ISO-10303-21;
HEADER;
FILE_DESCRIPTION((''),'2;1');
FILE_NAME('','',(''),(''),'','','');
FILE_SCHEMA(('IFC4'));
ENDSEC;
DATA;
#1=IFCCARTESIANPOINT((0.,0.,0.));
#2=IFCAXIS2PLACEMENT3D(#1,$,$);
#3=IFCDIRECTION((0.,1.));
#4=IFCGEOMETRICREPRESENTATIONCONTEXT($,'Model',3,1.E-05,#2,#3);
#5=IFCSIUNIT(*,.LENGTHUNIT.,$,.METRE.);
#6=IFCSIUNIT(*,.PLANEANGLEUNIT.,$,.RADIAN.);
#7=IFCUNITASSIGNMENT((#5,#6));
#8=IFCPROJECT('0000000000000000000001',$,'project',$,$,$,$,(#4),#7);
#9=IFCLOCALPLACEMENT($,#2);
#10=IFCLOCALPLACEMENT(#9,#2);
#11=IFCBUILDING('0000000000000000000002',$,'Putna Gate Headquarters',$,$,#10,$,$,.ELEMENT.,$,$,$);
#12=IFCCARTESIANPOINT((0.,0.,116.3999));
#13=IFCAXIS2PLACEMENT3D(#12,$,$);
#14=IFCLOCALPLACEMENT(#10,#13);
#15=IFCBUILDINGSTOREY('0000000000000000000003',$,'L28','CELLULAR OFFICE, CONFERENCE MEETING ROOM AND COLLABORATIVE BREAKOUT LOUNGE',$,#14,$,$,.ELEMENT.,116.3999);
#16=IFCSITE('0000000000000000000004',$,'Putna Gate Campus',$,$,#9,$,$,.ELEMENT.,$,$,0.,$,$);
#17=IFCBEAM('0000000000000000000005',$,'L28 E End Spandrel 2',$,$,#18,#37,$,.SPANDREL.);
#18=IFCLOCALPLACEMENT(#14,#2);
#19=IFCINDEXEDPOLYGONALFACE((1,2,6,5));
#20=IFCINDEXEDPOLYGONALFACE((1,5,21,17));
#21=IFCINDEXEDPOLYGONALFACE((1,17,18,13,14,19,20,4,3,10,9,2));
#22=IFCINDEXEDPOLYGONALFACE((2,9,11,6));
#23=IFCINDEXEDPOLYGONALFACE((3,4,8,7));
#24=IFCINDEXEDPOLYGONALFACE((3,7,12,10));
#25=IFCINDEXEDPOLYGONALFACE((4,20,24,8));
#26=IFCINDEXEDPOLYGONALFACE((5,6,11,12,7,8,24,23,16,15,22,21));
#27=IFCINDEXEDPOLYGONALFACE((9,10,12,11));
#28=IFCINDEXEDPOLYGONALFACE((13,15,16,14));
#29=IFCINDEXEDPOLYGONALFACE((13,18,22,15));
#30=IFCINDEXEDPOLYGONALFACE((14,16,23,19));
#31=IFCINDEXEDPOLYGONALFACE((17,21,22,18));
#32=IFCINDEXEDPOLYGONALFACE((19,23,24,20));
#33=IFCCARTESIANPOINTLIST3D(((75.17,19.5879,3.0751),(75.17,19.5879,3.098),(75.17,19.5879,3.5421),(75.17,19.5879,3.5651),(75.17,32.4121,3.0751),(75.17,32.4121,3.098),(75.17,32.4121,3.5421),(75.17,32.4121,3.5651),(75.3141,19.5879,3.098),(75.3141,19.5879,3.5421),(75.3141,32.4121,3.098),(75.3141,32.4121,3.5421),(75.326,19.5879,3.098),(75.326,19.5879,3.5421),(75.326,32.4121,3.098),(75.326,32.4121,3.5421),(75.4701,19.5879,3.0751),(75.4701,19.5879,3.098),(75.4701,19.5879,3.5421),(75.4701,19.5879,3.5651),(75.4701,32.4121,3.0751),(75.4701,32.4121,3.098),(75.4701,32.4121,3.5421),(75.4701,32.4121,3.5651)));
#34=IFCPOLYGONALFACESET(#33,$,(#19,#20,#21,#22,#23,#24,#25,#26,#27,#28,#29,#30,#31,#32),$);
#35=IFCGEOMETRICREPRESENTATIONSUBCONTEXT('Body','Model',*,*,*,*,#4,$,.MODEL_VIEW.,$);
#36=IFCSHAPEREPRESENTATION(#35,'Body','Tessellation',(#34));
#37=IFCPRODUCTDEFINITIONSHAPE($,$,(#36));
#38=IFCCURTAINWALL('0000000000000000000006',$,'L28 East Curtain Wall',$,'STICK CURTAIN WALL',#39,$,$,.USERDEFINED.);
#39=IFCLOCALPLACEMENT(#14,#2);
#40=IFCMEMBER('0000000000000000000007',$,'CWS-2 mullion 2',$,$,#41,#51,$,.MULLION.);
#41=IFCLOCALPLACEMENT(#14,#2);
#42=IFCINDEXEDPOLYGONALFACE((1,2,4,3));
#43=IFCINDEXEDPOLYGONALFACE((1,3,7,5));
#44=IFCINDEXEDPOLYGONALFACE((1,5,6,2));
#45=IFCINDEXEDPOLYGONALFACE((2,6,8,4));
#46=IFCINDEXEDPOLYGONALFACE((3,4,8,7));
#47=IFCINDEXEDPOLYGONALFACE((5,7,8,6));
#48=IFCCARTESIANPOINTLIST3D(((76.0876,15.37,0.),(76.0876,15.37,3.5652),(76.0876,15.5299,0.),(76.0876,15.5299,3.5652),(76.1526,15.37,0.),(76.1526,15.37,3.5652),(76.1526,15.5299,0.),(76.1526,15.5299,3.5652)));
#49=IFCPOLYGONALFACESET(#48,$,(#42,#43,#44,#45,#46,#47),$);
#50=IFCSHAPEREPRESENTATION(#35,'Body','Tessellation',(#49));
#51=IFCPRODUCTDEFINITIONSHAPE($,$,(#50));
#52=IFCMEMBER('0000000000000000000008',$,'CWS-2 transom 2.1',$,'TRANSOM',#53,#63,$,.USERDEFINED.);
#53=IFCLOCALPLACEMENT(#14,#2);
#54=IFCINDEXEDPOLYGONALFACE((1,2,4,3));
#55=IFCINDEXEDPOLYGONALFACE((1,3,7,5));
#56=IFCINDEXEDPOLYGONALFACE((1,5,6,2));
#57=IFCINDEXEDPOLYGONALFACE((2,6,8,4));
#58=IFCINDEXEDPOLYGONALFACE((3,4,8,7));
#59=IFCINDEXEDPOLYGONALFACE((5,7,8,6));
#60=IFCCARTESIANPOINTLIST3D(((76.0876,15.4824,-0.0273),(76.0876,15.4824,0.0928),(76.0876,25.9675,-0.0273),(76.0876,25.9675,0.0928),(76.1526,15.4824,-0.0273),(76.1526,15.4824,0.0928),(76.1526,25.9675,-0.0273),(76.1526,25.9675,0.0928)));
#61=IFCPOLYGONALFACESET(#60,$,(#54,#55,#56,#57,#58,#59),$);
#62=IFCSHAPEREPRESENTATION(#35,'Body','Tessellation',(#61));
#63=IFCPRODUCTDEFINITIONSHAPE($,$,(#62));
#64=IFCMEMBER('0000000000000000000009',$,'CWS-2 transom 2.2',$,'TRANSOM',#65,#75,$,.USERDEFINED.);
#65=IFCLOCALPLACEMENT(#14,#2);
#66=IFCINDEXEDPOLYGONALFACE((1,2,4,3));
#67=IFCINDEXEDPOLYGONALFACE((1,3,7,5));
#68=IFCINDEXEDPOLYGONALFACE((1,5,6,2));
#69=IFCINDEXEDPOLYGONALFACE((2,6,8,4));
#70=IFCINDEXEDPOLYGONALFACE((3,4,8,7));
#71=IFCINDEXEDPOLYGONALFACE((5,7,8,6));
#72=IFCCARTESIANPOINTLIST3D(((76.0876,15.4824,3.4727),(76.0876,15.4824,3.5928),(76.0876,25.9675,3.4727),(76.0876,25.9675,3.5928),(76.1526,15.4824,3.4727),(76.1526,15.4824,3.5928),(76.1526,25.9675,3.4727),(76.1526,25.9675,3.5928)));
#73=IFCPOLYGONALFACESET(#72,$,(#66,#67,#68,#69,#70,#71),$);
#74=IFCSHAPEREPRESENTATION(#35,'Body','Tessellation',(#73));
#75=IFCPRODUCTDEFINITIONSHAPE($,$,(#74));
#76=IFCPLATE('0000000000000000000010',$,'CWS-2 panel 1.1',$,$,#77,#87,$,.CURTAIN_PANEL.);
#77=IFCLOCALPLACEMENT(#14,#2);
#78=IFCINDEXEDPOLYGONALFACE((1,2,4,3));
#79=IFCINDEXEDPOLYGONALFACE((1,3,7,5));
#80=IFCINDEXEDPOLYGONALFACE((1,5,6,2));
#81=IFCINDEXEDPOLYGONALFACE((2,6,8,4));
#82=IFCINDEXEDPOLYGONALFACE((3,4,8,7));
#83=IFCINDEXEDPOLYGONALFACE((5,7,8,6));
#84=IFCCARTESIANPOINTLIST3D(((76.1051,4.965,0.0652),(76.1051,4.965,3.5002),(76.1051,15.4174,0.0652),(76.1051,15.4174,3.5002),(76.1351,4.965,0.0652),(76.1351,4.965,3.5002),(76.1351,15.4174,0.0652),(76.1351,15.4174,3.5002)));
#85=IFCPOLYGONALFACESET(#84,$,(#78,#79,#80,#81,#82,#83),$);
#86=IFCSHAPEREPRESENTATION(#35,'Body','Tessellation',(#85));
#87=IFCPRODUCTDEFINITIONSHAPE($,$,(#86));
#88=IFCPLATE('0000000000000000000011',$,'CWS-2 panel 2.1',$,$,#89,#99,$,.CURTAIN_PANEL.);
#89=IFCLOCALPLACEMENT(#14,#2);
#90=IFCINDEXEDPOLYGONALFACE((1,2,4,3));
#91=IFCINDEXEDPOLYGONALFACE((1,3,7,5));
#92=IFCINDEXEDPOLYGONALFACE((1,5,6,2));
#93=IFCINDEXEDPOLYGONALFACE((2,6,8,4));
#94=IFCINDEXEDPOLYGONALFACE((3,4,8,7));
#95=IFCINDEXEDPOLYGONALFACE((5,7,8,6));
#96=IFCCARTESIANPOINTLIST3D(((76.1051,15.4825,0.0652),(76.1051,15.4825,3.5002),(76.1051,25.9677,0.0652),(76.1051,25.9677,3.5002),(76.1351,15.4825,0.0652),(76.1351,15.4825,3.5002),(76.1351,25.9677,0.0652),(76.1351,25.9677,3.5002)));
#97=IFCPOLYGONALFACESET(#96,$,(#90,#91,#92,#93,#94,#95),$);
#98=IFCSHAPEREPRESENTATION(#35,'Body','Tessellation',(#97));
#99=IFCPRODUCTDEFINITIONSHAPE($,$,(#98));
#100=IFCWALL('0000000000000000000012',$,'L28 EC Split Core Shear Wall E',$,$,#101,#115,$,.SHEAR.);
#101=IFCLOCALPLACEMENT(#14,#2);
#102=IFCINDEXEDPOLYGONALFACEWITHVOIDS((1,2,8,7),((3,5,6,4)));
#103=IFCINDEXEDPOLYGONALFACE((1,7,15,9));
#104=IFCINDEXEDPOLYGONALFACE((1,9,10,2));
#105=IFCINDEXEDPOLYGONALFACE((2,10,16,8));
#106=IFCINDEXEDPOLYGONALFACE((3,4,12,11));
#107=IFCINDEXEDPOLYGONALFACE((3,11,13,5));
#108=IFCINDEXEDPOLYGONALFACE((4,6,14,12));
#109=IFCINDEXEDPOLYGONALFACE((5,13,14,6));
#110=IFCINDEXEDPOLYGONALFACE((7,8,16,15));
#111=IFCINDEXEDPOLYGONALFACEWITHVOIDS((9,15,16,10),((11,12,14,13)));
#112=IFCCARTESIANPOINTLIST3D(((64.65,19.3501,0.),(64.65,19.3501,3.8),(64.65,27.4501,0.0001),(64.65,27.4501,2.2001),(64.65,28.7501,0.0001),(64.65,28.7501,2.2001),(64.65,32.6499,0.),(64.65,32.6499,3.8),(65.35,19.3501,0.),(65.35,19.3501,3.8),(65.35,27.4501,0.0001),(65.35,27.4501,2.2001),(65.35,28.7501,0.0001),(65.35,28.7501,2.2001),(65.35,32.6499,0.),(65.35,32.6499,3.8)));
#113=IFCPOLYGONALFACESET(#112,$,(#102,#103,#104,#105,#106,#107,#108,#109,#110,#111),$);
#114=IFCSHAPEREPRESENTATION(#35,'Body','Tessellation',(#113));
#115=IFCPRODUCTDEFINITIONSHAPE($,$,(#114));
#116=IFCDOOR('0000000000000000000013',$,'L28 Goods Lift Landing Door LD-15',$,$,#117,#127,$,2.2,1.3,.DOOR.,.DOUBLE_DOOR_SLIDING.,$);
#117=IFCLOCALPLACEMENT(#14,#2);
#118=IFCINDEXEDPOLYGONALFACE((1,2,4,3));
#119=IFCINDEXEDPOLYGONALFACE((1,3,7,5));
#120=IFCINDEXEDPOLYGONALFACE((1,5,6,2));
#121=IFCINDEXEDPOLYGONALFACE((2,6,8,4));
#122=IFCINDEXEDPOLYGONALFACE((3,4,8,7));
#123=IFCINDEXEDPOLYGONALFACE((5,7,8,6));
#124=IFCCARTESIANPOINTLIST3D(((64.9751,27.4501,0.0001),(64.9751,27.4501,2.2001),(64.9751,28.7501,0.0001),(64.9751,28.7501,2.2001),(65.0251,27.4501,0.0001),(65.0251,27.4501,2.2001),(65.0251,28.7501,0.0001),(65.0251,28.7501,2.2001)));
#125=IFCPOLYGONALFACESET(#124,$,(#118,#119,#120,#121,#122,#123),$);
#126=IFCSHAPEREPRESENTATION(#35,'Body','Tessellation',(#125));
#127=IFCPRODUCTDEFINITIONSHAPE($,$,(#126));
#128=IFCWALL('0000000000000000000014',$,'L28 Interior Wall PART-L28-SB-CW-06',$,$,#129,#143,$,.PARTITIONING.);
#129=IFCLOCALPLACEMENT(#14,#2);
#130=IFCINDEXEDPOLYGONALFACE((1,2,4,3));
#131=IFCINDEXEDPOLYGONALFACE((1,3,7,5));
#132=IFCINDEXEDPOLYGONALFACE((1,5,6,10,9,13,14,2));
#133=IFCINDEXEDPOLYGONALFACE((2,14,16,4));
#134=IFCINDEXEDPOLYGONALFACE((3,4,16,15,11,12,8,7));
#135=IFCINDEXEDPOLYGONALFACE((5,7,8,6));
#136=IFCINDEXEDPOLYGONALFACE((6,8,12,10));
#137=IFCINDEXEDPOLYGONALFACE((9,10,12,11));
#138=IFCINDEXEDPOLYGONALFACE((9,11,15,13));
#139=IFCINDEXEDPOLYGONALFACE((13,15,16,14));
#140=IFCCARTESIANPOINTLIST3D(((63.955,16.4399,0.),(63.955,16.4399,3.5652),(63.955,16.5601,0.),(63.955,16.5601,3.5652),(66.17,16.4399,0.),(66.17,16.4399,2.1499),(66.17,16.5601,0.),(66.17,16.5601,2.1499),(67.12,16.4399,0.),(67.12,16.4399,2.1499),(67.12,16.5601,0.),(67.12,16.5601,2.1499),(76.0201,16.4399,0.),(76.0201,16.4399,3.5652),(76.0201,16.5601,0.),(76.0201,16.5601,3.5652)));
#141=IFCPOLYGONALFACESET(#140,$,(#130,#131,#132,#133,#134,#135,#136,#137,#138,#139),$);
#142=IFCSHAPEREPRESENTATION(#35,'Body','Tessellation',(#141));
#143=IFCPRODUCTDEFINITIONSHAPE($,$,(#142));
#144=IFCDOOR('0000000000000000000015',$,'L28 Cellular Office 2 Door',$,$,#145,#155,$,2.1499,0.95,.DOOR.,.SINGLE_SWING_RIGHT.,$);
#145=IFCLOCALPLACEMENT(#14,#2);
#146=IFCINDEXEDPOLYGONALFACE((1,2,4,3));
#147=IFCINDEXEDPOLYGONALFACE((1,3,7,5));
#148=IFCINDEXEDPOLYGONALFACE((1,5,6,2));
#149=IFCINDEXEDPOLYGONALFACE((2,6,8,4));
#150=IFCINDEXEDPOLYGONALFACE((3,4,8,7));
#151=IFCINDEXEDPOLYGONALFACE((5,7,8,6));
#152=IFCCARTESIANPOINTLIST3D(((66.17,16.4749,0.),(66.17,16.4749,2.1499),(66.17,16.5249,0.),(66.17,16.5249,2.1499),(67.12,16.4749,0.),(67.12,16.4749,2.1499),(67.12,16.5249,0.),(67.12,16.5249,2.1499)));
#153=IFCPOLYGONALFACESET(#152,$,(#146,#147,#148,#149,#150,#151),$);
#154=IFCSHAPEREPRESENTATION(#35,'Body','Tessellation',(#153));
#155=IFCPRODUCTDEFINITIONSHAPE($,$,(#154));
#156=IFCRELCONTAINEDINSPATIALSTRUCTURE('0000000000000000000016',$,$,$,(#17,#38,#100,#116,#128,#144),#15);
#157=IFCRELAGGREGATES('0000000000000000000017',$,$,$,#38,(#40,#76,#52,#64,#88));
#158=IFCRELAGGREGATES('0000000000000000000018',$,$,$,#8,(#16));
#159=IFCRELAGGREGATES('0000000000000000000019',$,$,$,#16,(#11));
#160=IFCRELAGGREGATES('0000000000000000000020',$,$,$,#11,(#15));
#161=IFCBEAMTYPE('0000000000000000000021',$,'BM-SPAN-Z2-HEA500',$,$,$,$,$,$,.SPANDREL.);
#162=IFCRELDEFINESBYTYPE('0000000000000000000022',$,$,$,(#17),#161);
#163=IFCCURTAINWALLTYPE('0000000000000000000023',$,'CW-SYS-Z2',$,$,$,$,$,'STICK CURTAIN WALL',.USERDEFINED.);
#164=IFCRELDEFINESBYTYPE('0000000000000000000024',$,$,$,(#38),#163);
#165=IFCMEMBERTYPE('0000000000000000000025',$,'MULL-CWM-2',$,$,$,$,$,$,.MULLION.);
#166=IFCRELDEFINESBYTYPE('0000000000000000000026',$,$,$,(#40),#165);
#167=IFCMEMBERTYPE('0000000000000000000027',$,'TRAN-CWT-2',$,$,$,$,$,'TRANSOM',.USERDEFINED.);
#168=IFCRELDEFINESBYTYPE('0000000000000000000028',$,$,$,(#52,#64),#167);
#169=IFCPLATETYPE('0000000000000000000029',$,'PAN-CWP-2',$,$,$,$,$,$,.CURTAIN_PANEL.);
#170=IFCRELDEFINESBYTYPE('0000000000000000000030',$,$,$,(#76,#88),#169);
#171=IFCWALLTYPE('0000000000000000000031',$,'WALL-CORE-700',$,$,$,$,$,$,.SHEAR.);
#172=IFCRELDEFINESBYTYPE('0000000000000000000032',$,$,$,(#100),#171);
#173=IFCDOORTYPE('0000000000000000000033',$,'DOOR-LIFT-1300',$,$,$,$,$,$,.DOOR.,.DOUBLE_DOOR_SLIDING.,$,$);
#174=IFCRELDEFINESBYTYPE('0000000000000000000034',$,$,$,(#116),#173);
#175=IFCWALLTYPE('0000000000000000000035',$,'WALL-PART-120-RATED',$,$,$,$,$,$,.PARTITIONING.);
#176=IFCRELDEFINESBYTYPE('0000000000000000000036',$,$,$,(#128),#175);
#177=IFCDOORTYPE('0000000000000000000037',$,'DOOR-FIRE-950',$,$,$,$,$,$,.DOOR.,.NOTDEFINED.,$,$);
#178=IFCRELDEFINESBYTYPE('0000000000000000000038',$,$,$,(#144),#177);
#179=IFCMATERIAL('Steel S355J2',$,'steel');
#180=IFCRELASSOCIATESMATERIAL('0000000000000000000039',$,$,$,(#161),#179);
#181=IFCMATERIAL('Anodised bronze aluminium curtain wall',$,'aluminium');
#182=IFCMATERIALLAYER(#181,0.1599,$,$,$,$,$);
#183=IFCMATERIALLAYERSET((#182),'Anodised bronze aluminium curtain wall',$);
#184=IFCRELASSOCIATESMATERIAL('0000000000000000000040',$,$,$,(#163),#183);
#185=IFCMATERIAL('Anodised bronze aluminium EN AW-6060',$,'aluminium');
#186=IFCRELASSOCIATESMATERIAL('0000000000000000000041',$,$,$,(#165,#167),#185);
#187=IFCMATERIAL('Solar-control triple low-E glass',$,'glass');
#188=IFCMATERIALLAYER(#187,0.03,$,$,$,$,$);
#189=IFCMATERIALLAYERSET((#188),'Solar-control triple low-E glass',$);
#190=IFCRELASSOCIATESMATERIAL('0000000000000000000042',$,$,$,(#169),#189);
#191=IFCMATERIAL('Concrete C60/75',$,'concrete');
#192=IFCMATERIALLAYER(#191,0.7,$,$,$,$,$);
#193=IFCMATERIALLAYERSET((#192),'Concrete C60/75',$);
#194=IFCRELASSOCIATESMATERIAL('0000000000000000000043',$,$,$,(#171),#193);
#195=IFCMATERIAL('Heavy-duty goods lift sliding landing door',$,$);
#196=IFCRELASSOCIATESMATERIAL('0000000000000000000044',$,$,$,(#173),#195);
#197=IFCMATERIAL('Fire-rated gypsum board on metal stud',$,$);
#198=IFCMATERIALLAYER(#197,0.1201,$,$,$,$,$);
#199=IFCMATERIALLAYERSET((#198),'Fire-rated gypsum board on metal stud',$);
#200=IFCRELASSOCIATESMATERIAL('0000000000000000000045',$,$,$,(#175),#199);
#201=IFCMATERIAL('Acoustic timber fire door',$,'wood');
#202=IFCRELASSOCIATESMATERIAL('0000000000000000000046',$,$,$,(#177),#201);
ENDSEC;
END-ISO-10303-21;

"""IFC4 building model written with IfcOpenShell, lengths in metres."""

from ifc_helpers import new_model, si_unit, direction, frame, frame_2d, origin, origin_2d, place, context, subcontext, project, spatial, rectangle, i_section, extrude, material, layer, layer_set, material_profile, profile_set, type_object, element, fill, aggregate, save


model = new_model("IFC4")

# Units and contexts
model_context = context("Model", 3, precision=1e-05, world=origin(), true_north=direction((0.0, 1.0)))
body_context = subcontext(model_context, "Body", "Model", "MODEL_VIEW")
ifc_project = project(units=[si_unit("LENGTHUNIT", "METRE"), si_unit("PLANEANGLEUNIT", "RADIAN")], contexts=[model_context])

# Site, building, storey
site_placement = place(None, origin())
site = spatial("IfcSite", under=ifc_project, at=site_placement, Name="Putna Gate Campus", CompositionType="ELEMENT", RefElevation=0.0)
building_placement = place(site_placement, origin())
building = spatial("IfcBuilding", under=site, at=building_placement, Name="Putna Gate Headquarters", CompositionType="ELEMENT")
storey_placement = place(building_placement, frame((0.0, 0.0, 116.3999)))
storey = spatial("IfcBuildingStorey", under=building, at=storey_placement, Name="L28", Description="CELLULAR OFFICE, CONFERENCE MEETING ROOM AND COLLABORATIVE BREAKOUT LOUNGE", CompositionType="ELEMENT", Elevation=116.3999)

# Shared definitions
ifc_material_1 = material(Name="Concrete C60/75", Category="concrete")

# Beam
ifc_material_2 = material(Name="Steel S355J2", Category="steel")
ifc_material_profile_1 = material_profile(ifc_material_2, i_section(OverallWidth=0.3, OverallDepth=0.49, WebThickness=0.012, FlangeThickness=0.0229, at=origin_2d()), Name="Steel S355J2")
ifc_profile_set_1 = profile_set([ifc_material_profile_1], Name="Steel S355J2")
beam_type_1 = type_object("IfcBeamType", Name="BM-SPAN-Z2-HEA500", PredefinedType="SPANDREL", material=ifc_profile_set_1)
beam_1_placement = place(storey_placement, frame((75.3201, 19.5879, 3.3201), z_axis=(0.0, 1.0, 0.0), x_axis=(-1.0, 0.0, 0.0)))
element("IfcBeam", 1, at=beam_1_placement, inside=storey, type_object=beam_type_1, Name="L28 E End Spandrel 2", PredefinedType="SPANDREL", context=body_context, shape_type="SweptSolid", body=[
    extrude(i_section(OverallWidth=0.3, OverallDepth=0.49, WebThickness=0.012, FlangeThickness=0.0229, at=origin_2d()), origin(), (0.0, 0.0, 1.0), 12.8242),
])

# Curtain wall, members, plates
ifc_material_3 = material(Name="Anodised bronze aluminium curtain wall", Category="aluminium")
ifc_layer_1 = layer(ifc_material_3, 0.1599)
ifc_layer_set_1 = layer_set([ifc_layer_1], Name="Anodised bronze aluminium curtain wall")
curtain_wall_type = type_object("IfcCurtainWallType", Name="CW-SYS-Z2", ElementType="STICK CURTAIN WALL", PredefinedType="USERDEFINED", material=ifc_layer_set_1)
curtain_wall_placement = place(storey_placement, origin())
curtain_wall = element("IfcCurtainWall", 2, at=curtain_wall_placement, inside=storey, type_object=curtain_wall_type, Name="L28 East Curtain Wall", ObjectType="STICK CURTAIN WALL", PredefinedType="USERDEFINED")
ifc_material_4 = material(Name="Anodised bronze aluminium EN AW-6060", Category="aluminium")
ifc_material_profile_2 = material_profile(ifc_material_4, rectangle(XDim=0.0649, YDim=0.1599, at=origin_2d()), Name="Anodised bronze aluminium EN AW-6060")
ifc_profile_set_2 = profile_set([ifc_material_profile_2], Name="Anodised bronze aluminium EN AW-6060")
member_type_1 = type_object("IfcMemberType", Name="MULL-CWM-2", PredefinedType="MULLION", material=ifc_profile_set_2)
member_1_placement = place(storey_placement, frame((76.1201, 15.45, 0.0), z_axis=(0.0, 0.0, 1.0), x_axis=(-1.0, 0.0, 0.0)))
member_1 = element("IfcMember", 3, at=member_1_placement, type_object=member_type_1, Name="CWS-2 mullion 2", PredefinedType="MULLION", context=body_context, shape_type="SweptSolid", body=[
    extrude(rectangle(XDim=0.0649, YDim=0.1599, at=origin_2d()), origin(), (0.0, 0.0, 1.0), 3.5652),
])
ifc_material_profile_3 = material_profile(ifc_material_4, rectangle(XDim=0.0649, YDim=0.1201, at=origin_2d()), Name="Anodised bronze aluminium EN AW-6060")
ifc_profile_set_3 = profile_set([ifc_material_profile_3], Name="Anodised bronze aluminium EN AW-6060")
member_type_2 = type_object("IfcMemberType", Name="TRAN-CWT-2", ElementType="TRANSOM", PredefinedType="USERDEFINED", material=ifc_profile_set_3)
member_2_placement = place(storey_placement, frame((76.1201, 15.4824, 0.0327), z_axis=(0.0, 1.0, 0.0), x_axis=(-1.0, 0.0, 0.0)))
member_2 = element("IfcMember", 4, at=member_2_placement, type_object=member_type_2, Name="CWS-2 transom 2.1", ObjectType="TRANSOM", PredefinedType="USERDEFINED", context=body_context, shape_type="SweptSolid", body=[
    extrude(rectangle(XDim=0.0649, YDim=0.1201, at=origin_2d()), origin(), (0.0, 0.0, 1.0), 10.4851),
])
member_3_placement = place(storey_placement, frame((76.1201, 15.4824, 3.5327), z_axis=(0.0, 1.0, 0.0), x_axis=(-1.0, 0.0, 0.0)))
member_3 = element("IfcMember", 5, at=member_3_placement, type_object=member_type_2, Name="CWS-2 transom 2.2", ObjectType="TRANSOM", PredefinedType="USERDEFINED", context=body_context, shape_type="SweptSolid", body=[
    extrude(rectangle(XDim=0.0649, YDim=0.1201, at=origin_2d()), origin(), (0.0, 0.0, 1.0), 10.4851),
])
ifc_material_5 = material(Name="Solar-control triple low-E glass", Category="glass")
ifc_layer_2 = layer(ifc_material_5, 0.03)
ifc_layer_set_2 = layer_set([ifc_layer_2], Name="Solar-control triple low-E glass")
plate_type = type_object("IfcPlateType", Name="PAN-CWP-2", PredefinedType="CURTAIN_PANEL", material=ifc_layer_set_2)
plate_1_placement = place(storey_placement, frame((76.1201, 10.1912, 0.0652), z_axis=(0.0, 0.0, 1.0), x_axis=(0.0, 1.0, 0.0)))
plate_1 = element("IfcPlate", 6, at=plate_1_placement, type_object=plate_type, Name="CWS-2 panel 1.1", PredefinedType="CURTAIN_PANEL", context=body_context, shape_type="SweptSolid", body=[
    extrude(rectangle(XDim=10.4524, YDim=0.03, at=origin_2d()), origin(), (0.0, 0.0, 1.0), 3.4351),
])
plate_2_placement = place(storey_placement, frame((76.1201, 20.7251, 0.0652), z_axis=(0.0, 0.0, 1.0), x_axis=(0.0, 1.0, 0.0)))
plate_2 = element("IfcPlate", 7, at=plate_2_placement, type_object=plate_type, Name="CWS-2 panel 2.1", PredefinedType="CURTAIN_PANEL", context=body_context, shape_type="SweptSolid", body=[
    extrude(rectangle(XDim=10.4851, YDim=0.03, at=origin_2d()), origin(), (0.0, 0.0, 1.0), 3.4351),
])
aggregate(curtain_wall, [member_1, plate_1, member_2, member_3, plate_2])

# Walls, openings, doors
ifc_layer_3 = layer(ifc_material_1, 0.7)
ifc_layer_set_3 = layer_set([ifc_layer_3], Name="Concrete C60/75")
wall_type_1 = type_object("IfcWallType", Name="WALL-CORE-700", PredefinedType="SHEAR", material=ifc_layer_set_3)
wall_1_placement = place(storey_placement, frame((65.0, 19.3501, 0.0), z_axis=(0.0, 0.0, 1.0), x_axis=(0.0, 1.0, 0.0)))
wall_1 = element("IfcWall", 8, at=wall_1_placement, inside=storey, type_object=wall_type_1, Name="L28 EC Split Core Shear Wall E", PredefinedType="SHEAR", context=body_context, shape_type="SweptSolid", body=[
    extrude(rectangle(XDim=13.2998, YDim=0.7, at=frame_2d((6.6499, 0.0))), origin(), (0.0, 0.0, 1.0), 3.8),
])
opening_1_placement = place(wall_1_placement, frame((8.1001, 0.0, 0.0)))
opening_1 = element("IfcOpeningElement", 9, at=opening_1_placement, cuts=wall_1, PredefinedType="OPENING", context=body_context, shape_type="SweptSolid", body=[
    extrude(rectangle(XDim=1.3, YDim=2.2, at=frame_2d((0.6499, 1.1001))), frame((0.0, 0.3599, 0.0), z_axis=(0.0, -1.0, 0.0), x_axis=(1.0, 0.0, 0.0)), (0.0, 0.0, 1.0), 0.72),
])
ifc_material_6 = material(Name="Heavy-duty goods lift sliding landing door")
door_type_1 = type_object("IfcDoorType", Name="DOOR-LIFT-1300", OperationType="DOUBLE_DOOR_SLIDING", PredefinedType="DOOR", material=ifc_material_6)
door_1_placement = place(opening_1_placement, origin())
door_1 = element("IfcDoor", 10, at=door_1_placement, inside=storey, type_object=door_type_1, Name="L28 Goods Lift Landing Door LD-15", OperationType="DOUBLE_DOOR_SLIDING", OverallHeight=2.2, OverallWidth=1.3, PredefinedType="DOOR", context=body_context, shape_type="SweptSolid", body=[
    extrude(rectangle(XDim=1.3, YDim=2.2, at=frame_2d((0.6499, 1.1001))), frame((0.0, 0.0249, 0.0), z_axis=(0.0, -1.0, 0.0), x_axis=(1.0, 0.0, 0.0)), (0.0, 0.0, 1.0), 0.05),
])
fill(opening_1, door_1)
ifc_material_7 = material(Name="Fire-rated gypsum board on metal stud")
ifc_layer_4 = layer(ifc_material_7, 0.1201)
ifc_layer_set_4 = layer_set([ifc_layer_4], Name="Fire-rated gypsum board on metal stud")
wall_type_2 = type_object("IfcWallType", Name="WALL-PART-120-RATED", PredefinedType="PARTITIONING", material=ifc_layer_set_4)
wall_2_placement = place(storey_placement, frame((63.9548, 16.5, 0.0), z_axis=(0.0, 0.0, 1.0), x_axis=(1.0, 0.0, 0.0)))
wall_2 = element("IfcWall", 11, at=wall_2_placement, inside=storey, type_object=wall_type_2, Name="L28 Interior Wall PART-L28-SB-CW-06", PredefinedType="PARTITIONING", context=body_context, shape_type="SweptSolid", body=[
    extrude(rectangle(XDim=12.0652, YDim=0.1201, at=frame_2d((6.0327, 0.0))), origin(), (0.0, 0.0, 1.0), 3.5652),
])
opening_2_placement = place(wall_2_placement, frame((2.2151, 0.0, 0.0)))
opening_2 = element("IfcOpeningElement", 12, at=opening_2_placement, cuts=wall_2, PredefinedType="OPENING", context=body_context, shape_type="SweptSolid", body=[
    extrude(rectangle(XDim=0.95, YDim=2.1499, at=frame_2d((0.4751, 1.075))), frame((0.0, 0.0701, 0.0), z_axis=(0.0, -1.0, 0.0), x_axis=(1.0, 0.0, 0.0)), (0.0, 0.0, 1.0), 0.1401),
])
ifc_material_8 = material(Name="Acoustic timber fire door", Category="wood")
door_type_2 = type_object("IfcDoorType", Name="DOOR-FIRE-950", OperationType="NOTDEFINED", PredefinedType="DOOR", material=ifc_material_8)
door_2_placement = place(opening_2_placement, origin())
door_2 = element("IfcDoor", 13, at=door_2_placement, inside=storey, type_object=door_type_2, Name="L28 Cellular Office 2 Door", OperationType="SINGLE_SWING_RIGHT", OverallHeight=2.1499, OverallWidth=0.95, PredefinedType="DOOR", context=body_context, shape_type="SweptSolid", body=[
    extrude(rectangle(XDim=0.95, YDim=2.1499, at=frame_2d((0.4751, 1.075))), frame((0.0, 0.0249, 0.0), z_axis=(0.0, -1.0, 0.0), x_axis=(1.0, 0.0, 0.0)), (0.0, 0.0, 1.0), 0.05),
])
fill(opening_2, door_2)

save(model, "model.ifc")
